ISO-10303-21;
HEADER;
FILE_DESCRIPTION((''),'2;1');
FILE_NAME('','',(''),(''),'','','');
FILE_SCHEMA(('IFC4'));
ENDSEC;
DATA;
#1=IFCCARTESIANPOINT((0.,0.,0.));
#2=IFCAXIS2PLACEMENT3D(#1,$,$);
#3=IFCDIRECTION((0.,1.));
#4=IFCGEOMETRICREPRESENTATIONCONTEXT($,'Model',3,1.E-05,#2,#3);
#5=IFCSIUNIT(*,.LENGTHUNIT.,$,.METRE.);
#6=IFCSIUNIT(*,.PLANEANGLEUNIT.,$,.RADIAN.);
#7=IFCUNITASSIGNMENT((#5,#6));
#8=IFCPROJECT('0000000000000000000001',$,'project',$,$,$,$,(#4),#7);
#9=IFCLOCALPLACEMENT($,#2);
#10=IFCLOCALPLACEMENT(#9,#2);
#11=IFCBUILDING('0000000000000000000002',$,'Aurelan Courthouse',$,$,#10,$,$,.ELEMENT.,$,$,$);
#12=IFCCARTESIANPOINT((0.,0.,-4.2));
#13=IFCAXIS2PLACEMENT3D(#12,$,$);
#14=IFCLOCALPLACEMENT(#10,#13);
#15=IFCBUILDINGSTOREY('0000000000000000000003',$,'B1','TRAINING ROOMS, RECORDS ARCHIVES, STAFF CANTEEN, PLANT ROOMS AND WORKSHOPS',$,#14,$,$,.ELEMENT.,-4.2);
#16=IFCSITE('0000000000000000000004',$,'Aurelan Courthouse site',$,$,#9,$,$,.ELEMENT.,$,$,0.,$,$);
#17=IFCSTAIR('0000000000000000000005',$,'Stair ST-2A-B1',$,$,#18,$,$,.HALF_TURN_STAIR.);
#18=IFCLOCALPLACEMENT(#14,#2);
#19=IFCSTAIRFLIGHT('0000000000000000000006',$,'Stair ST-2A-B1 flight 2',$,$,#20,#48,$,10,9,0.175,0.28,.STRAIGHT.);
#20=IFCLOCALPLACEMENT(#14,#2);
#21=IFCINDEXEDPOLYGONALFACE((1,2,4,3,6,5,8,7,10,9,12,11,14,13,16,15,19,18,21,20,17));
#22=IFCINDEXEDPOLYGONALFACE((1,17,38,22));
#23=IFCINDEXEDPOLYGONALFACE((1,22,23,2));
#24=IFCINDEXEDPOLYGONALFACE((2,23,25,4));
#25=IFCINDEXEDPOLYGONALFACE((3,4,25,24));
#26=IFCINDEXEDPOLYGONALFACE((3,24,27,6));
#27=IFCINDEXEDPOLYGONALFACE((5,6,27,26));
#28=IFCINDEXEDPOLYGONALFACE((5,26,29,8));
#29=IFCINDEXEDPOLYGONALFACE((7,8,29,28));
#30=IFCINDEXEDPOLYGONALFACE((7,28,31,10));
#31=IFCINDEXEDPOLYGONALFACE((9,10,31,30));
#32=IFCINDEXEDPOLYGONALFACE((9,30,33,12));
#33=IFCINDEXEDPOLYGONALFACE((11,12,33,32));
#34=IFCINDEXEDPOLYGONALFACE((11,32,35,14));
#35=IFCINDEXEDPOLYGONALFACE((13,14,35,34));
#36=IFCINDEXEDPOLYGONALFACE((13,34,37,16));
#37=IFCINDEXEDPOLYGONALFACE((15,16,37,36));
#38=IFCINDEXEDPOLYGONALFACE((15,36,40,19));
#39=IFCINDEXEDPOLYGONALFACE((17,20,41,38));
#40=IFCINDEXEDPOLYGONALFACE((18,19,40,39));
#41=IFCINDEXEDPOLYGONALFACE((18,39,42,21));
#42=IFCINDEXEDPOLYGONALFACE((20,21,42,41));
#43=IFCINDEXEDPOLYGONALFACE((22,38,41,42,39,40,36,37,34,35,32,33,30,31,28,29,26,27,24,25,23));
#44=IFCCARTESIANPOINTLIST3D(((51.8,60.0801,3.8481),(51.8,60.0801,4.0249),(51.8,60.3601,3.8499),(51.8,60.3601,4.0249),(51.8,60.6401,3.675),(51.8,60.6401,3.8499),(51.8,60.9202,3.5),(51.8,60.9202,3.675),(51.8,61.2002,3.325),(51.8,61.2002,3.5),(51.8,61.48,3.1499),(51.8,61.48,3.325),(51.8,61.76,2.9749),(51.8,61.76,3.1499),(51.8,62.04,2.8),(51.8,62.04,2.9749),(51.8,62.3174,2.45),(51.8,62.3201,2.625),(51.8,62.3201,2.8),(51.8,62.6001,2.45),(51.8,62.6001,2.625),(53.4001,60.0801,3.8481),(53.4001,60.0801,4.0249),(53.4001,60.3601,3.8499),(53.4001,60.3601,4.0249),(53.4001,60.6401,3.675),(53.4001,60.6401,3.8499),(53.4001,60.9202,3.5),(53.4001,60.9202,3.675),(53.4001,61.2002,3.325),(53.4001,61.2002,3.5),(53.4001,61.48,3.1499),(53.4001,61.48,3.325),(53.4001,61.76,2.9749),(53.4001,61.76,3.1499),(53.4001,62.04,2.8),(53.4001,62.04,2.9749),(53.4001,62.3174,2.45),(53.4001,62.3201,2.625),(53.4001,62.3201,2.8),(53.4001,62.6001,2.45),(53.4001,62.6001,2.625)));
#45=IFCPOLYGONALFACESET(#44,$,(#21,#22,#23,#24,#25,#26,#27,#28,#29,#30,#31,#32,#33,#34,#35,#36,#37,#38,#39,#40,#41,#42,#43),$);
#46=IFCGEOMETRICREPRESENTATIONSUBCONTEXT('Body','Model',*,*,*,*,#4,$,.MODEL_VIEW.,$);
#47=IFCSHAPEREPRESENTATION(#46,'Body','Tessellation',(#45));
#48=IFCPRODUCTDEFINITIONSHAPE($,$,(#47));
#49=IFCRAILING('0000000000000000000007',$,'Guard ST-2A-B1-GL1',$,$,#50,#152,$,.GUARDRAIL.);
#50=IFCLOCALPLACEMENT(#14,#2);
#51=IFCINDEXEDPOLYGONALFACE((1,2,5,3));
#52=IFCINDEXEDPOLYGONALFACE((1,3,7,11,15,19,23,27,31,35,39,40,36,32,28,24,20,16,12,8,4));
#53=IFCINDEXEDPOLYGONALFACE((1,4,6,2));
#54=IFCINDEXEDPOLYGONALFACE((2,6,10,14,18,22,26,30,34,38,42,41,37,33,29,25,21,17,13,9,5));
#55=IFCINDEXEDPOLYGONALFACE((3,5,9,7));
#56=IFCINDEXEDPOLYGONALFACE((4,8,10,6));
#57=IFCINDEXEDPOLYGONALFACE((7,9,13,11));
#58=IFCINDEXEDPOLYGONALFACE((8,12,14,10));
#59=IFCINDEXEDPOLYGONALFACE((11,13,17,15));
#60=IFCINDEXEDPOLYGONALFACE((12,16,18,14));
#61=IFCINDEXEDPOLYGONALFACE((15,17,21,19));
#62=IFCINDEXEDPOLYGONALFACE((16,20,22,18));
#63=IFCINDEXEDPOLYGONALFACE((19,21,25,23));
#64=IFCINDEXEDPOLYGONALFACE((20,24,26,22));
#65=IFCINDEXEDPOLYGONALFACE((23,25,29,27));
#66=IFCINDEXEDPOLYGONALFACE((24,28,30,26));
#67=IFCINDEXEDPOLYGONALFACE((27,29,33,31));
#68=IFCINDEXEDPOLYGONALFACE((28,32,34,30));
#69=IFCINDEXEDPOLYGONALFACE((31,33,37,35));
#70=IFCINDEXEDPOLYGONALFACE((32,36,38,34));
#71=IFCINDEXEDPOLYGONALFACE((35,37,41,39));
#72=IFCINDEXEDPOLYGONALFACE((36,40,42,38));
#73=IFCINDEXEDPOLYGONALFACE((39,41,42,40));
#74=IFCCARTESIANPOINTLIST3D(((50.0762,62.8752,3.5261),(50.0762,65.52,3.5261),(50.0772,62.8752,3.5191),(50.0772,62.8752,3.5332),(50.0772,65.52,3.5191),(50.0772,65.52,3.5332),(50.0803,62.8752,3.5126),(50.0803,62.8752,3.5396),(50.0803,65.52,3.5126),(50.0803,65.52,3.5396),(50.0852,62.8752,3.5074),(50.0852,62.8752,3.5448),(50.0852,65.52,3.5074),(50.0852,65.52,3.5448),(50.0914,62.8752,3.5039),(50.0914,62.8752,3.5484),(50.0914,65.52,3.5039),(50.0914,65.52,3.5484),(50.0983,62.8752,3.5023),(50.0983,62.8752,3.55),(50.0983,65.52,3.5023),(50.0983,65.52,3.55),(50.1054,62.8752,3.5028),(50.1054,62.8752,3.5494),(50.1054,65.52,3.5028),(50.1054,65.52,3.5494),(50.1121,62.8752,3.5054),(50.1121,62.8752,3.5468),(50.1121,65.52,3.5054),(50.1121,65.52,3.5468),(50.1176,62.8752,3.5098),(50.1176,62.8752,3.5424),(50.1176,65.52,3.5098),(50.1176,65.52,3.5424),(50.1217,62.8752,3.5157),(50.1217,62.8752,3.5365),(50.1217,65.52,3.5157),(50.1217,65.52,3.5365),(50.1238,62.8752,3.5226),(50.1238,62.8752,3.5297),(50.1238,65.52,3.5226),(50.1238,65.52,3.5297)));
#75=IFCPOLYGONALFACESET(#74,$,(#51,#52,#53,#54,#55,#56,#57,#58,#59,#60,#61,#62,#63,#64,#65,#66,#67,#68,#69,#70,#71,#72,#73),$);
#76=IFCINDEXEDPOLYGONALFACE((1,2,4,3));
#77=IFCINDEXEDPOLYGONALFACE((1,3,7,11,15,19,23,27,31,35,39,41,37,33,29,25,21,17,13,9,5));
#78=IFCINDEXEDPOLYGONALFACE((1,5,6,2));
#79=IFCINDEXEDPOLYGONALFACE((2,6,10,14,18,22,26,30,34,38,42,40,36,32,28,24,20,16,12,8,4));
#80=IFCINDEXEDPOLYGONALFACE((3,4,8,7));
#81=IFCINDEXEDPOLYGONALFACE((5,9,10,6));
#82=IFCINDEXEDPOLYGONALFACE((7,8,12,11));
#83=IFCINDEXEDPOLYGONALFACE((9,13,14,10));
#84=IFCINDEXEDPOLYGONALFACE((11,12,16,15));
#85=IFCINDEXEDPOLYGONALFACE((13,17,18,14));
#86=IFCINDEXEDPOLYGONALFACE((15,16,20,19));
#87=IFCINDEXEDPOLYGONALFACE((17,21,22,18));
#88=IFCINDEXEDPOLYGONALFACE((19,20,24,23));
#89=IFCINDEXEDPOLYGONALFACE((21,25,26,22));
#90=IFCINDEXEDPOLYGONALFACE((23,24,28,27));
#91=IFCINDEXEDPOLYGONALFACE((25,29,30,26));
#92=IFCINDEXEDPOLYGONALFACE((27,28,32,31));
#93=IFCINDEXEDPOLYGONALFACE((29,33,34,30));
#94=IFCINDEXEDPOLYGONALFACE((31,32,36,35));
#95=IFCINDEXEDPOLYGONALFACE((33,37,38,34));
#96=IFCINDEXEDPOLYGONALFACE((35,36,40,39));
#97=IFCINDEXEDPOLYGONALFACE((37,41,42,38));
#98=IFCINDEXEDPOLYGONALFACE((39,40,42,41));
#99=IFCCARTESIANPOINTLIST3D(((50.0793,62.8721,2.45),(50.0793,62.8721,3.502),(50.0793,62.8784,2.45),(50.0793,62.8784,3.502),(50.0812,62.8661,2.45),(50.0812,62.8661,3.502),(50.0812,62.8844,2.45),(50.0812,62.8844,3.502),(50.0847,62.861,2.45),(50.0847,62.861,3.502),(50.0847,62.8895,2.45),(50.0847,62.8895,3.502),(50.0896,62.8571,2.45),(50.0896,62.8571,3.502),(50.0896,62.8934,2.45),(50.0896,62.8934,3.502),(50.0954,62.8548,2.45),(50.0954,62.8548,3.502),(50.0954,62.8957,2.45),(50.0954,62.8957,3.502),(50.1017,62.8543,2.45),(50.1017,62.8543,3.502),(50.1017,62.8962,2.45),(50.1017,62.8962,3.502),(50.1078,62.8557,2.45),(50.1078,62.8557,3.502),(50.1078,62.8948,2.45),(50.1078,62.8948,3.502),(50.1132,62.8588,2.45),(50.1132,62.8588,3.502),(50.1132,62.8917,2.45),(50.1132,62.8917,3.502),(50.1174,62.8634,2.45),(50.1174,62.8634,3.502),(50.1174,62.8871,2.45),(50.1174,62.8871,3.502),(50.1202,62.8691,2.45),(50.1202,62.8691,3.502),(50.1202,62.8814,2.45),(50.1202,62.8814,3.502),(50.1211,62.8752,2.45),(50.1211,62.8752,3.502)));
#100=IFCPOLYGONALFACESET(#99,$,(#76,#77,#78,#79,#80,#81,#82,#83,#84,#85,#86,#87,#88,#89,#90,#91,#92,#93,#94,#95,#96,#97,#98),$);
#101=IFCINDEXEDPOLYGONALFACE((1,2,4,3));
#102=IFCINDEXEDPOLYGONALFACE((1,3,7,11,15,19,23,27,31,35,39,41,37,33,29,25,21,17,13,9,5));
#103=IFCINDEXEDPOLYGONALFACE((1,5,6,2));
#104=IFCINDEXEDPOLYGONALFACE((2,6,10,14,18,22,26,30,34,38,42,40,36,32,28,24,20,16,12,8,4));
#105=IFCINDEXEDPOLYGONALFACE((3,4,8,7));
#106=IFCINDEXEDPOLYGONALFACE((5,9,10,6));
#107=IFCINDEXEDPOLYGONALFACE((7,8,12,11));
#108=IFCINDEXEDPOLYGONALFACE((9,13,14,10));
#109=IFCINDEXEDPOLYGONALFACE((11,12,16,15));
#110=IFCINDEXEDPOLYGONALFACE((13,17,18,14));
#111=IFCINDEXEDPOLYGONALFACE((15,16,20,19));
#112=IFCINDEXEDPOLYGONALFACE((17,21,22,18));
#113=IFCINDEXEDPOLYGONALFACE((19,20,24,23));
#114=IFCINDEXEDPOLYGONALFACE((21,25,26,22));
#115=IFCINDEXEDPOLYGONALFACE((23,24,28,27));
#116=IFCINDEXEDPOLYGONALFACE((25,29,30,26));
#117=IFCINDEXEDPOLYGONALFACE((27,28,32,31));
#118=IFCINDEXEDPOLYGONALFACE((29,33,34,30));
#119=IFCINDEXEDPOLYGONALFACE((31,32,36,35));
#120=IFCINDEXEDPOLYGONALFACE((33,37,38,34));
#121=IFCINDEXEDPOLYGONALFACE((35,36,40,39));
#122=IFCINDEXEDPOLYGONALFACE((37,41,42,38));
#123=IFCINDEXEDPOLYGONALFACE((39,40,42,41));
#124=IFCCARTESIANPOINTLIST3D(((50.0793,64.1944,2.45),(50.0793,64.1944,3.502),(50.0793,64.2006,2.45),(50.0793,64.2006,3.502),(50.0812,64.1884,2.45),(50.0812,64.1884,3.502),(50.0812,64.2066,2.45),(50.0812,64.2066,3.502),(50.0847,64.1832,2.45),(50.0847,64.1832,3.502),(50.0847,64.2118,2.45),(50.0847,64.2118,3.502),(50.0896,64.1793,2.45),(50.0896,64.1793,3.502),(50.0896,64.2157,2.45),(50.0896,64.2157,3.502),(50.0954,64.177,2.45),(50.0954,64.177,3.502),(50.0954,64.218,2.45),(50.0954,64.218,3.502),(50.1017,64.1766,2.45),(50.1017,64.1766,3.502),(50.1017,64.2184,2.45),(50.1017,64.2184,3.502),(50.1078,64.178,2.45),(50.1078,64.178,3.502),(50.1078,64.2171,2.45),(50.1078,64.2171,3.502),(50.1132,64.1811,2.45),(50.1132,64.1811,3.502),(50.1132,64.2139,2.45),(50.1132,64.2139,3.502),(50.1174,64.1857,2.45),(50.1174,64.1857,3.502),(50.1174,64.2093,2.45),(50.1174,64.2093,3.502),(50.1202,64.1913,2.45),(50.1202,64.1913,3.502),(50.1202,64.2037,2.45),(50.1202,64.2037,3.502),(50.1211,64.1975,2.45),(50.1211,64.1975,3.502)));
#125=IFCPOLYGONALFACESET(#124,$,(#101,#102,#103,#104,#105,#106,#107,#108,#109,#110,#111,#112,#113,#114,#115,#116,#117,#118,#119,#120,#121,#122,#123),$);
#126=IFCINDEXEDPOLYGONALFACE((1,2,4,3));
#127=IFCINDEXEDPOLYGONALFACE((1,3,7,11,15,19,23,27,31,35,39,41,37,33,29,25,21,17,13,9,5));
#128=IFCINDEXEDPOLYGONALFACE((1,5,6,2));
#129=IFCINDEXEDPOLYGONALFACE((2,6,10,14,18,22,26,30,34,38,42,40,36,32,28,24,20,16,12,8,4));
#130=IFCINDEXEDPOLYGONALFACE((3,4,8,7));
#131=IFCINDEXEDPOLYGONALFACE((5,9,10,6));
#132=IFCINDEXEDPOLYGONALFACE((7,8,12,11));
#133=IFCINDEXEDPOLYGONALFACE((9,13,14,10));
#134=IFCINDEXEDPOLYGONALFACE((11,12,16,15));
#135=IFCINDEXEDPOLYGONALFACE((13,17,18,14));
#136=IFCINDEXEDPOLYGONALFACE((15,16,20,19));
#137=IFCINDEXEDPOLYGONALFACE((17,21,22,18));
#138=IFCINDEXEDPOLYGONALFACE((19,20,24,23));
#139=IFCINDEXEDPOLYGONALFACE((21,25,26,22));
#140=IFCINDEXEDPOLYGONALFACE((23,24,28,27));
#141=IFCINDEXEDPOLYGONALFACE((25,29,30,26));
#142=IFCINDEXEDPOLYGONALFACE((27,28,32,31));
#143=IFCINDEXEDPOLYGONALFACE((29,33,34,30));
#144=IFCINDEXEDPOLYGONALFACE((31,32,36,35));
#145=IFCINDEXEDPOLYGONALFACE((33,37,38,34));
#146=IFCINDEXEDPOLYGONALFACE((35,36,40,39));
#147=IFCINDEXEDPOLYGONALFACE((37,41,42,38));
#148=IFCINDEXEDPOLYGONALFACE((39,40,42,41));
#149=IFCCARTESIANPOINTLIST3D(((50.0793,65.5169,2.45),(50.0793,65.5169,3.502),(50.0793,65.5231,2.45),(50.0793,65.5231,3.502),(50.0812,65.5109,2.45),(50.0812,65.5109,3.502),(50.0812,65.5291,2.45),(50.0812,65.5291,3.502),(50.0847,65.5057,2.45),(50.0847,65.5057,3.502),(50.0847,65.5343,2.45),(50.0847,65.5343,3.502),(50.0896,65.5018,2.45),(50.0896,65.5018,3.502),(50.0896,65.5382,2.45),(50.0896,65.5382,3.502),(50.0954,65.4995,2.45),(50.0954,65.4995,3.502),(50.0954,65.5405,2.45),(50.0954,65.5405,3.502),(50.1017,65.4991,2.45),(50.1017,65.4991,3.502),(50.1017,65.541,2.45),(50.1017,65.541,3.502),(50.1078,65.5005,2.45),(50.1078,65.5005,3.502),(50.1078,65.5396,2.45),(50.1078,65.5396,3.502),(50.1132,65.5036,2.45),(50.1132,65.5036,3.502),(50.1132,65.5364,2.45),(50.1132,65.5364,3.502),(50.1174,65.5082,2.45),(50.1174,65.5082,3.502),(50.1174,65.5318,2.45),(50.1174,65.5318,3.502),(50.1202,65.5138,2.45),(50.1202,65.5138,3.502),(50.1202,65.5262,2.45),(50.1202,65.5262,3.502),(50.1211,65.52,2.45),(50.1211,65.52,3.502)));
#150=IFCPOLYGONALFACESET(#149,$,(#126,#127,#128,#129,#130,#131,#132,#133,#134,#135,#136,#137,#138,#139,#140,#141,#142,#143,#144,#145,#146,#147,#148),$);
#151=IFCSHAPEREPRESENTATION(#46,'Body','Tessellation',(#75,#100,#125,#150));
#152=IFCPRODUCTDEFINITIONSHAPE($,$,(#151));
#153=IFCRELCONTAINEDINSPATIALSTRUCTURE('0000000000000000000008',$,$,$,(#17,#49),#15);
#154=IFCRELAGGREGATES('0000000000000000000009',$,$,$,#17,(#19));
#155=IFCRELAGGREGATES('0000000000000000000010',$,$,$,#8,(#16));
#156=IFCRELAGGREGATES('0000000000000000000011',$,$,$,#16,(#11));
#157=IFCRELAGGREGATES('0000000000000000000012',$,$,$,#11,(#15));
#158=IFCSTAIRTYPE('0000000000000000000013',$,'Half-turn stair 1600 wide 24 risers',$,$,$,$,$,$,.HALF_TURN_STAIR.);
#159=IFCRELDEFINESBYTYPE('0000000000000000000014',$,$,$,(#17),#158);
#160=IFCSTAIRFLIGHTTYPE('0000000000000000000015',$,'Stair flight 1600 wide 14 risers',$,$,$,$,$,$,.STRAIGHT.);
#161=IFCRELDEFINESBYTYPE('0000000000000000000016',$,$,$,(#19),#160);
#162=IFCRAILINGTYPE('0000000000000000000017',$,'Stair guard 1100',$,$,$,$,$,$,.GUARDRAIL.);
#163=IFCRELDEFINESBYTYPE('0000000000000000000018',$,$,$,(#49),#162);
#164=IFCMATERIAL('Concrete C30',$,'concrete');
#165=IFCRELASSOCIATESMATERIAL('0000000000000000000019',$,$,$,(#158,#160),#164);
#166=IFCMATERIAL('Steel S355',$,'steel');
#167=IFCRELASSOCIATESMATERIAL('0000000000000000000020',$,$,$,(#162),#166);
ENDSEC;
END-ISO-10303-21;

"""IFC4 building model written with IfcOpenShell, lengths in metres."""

from ifc_helpers import new_model, si_unit, direction, frame, origin, origin_2d, place, context, subcontext, project, spatial, polyline, circle, outline, extrude, material, type_object, element, aggregate, save


model = new_model("IFC4")

# Units and contexts
model_context = context("Model", 3, precision=1e-05, world=origin(), true_north=direction((0.0, 1.0)))
body_context = subcontext(model_context, "Body", "Model", "MODEL_VIEW")
ifc_project = project(units=[si_unit("LENGTHUNIT", "METRE"), si_unit("PLANEANGLEUNIT", "RADIAN")], contexts=[model_context])

# Site, building, storey
site_placement = place(None, origin())
site = spatial("IfcSite", under=ifc_project, at=site_placement, Name="Aurelan Courthouse site", CompositionType="ELEMENT", RefElevation=0.0)
building_placement = place(site_placement, origin())
building = spatial("IfcBuilding", under=site, at=building_placement, Name="Aurelan Courthouse", CompositionType="ELEMENT")
storey_placement = place(building_placement, frame((0.0, 0.0, -4.2)))
storey = spatial("IfcBuildingStorey", under=building, at=storey_placement, Name="B1", Description="TRAINING ROOMS, RECORDS ARCHIVES, STAFF CANTEEN, PLANT ROOMS AND WORKSHOPS", CompositionType="ELEMENT", Elevation=-4.2)

# Shared definitions
ifc_material_1 = material(Name="Concrete C30", Category="concrete")

# Stair, stair flight
stair_type = type_object("IfcStairType", Name="Half-turn stair 1600 wide 24 risers", PredefinedType="HALF_TURN_STAIR", material=ifc_material_1)
stair_placement = place(storey_placement, origin())
stair = element("IfcStair", 1, at=stair_placement, inside=storey, type_object=stair_type, Name="Stair ST-2A-B1", PredefinedType="HALF_TURN_STAIR")
stair_flight_type = type_object("IfcStairFlightType", Name="Stair flight 1600 wide 14 risers", PredefinedType="STRAIGHT", material=ifc_material_1)
stair_flight_1_placement = place(storey_placement, frame((52.6001, 62.6001, 2.45), z_axis=(0.0, 0.0, 1.0), x_axis=(0.0, -1.0, 0.0)))
stair_flight_1 = element("IfcStairFlight", 2, at=stair_flight_1_placement, type_object=stair_flight_type, Name="Stair ST-2A-B1 flight 2", NumberOfRisers=10, NumberOfTreads=9, PredefinedType="STRAIGHT", RiserHeight=0.175, TreadLength=0.28, context=body_context, shape_type="SweptSolid", body=[
    extrude(outline(polyline([(0.0, 0.0), (0.0, 0.175), (0.28, 0.175), (0.28, 0.3501), (0.5601, 0.3501), (0.5601, 0.5249), (0.8401, 0.5249), (0.8401, 0.7), (1.1201, 0.7), (1.1201, 0.875), (1.3999, 0.875), (1.3999, 1.05), (1.6799, 1.05), (1.6799, 1.2251), (1.96, 1.2251), (1.96, 1.3999), (2.24, 1.3999), (2.24, 1.575), (2.52, 1.575), (2.52, 1.75), (2.52, 1.3982), (0.2827, 0.0), (0.0, 0.0)])), frame((0.0, 0.8, 0.0), z_axis=(0.0, -1.0, 0.0), x_axis=(1.0, 0.0, 0.0)), (0.0, 0.0, 1.0), 1.6001),
])
aggregate(stair, [stair_flight_1])

# Railing
ifc_material_2 = material(Name="Steel S355", Category="steel")
railing_type_1 = type_object("IfcRailingType", Name="Stair guard 1100", PredefinedType="GUARDRAIL", material=ifc_material_2)
railing_placement = place(storey_placement, frame((50.1001, 62.8752, 2.45)))
element("IfcRailing", 3, at=railing_placement, inside=storey, type_object=railing_type_1, Name="Guard ST-2A-B1-GL1", PredefinedType="GUARDRAIL", context=body_context, shape_type="SweptSolid", body=[
    extrude(circle(Radius=0.0239, at=origin_2d()), frame((0.0, 0.0, 1.0762), z_axis=(0.0, 1.0, 0.0), x_axis=(-1.0, 0.0, 0.0)), (0.0, 0.0, 1.0), 2.6448),
    extrude(circle(Radius=0.021, at=origin_2d()), origin(), (0.0, 0.0, 1.0), 1.052),
    extrude(circle(Radius=0.021, at=origin_2d()), frame((0.0, 1.3223, 0.0)), (0.0, 0.0, 1.0), 1.052),
    extrude(circle(Radius=0.021, at=origin_2d()), frame((0.0, 2.6448, 0.0)), (0.0, 0.0, 1.0), 1.052),
])

save(model, "model.ifc")
